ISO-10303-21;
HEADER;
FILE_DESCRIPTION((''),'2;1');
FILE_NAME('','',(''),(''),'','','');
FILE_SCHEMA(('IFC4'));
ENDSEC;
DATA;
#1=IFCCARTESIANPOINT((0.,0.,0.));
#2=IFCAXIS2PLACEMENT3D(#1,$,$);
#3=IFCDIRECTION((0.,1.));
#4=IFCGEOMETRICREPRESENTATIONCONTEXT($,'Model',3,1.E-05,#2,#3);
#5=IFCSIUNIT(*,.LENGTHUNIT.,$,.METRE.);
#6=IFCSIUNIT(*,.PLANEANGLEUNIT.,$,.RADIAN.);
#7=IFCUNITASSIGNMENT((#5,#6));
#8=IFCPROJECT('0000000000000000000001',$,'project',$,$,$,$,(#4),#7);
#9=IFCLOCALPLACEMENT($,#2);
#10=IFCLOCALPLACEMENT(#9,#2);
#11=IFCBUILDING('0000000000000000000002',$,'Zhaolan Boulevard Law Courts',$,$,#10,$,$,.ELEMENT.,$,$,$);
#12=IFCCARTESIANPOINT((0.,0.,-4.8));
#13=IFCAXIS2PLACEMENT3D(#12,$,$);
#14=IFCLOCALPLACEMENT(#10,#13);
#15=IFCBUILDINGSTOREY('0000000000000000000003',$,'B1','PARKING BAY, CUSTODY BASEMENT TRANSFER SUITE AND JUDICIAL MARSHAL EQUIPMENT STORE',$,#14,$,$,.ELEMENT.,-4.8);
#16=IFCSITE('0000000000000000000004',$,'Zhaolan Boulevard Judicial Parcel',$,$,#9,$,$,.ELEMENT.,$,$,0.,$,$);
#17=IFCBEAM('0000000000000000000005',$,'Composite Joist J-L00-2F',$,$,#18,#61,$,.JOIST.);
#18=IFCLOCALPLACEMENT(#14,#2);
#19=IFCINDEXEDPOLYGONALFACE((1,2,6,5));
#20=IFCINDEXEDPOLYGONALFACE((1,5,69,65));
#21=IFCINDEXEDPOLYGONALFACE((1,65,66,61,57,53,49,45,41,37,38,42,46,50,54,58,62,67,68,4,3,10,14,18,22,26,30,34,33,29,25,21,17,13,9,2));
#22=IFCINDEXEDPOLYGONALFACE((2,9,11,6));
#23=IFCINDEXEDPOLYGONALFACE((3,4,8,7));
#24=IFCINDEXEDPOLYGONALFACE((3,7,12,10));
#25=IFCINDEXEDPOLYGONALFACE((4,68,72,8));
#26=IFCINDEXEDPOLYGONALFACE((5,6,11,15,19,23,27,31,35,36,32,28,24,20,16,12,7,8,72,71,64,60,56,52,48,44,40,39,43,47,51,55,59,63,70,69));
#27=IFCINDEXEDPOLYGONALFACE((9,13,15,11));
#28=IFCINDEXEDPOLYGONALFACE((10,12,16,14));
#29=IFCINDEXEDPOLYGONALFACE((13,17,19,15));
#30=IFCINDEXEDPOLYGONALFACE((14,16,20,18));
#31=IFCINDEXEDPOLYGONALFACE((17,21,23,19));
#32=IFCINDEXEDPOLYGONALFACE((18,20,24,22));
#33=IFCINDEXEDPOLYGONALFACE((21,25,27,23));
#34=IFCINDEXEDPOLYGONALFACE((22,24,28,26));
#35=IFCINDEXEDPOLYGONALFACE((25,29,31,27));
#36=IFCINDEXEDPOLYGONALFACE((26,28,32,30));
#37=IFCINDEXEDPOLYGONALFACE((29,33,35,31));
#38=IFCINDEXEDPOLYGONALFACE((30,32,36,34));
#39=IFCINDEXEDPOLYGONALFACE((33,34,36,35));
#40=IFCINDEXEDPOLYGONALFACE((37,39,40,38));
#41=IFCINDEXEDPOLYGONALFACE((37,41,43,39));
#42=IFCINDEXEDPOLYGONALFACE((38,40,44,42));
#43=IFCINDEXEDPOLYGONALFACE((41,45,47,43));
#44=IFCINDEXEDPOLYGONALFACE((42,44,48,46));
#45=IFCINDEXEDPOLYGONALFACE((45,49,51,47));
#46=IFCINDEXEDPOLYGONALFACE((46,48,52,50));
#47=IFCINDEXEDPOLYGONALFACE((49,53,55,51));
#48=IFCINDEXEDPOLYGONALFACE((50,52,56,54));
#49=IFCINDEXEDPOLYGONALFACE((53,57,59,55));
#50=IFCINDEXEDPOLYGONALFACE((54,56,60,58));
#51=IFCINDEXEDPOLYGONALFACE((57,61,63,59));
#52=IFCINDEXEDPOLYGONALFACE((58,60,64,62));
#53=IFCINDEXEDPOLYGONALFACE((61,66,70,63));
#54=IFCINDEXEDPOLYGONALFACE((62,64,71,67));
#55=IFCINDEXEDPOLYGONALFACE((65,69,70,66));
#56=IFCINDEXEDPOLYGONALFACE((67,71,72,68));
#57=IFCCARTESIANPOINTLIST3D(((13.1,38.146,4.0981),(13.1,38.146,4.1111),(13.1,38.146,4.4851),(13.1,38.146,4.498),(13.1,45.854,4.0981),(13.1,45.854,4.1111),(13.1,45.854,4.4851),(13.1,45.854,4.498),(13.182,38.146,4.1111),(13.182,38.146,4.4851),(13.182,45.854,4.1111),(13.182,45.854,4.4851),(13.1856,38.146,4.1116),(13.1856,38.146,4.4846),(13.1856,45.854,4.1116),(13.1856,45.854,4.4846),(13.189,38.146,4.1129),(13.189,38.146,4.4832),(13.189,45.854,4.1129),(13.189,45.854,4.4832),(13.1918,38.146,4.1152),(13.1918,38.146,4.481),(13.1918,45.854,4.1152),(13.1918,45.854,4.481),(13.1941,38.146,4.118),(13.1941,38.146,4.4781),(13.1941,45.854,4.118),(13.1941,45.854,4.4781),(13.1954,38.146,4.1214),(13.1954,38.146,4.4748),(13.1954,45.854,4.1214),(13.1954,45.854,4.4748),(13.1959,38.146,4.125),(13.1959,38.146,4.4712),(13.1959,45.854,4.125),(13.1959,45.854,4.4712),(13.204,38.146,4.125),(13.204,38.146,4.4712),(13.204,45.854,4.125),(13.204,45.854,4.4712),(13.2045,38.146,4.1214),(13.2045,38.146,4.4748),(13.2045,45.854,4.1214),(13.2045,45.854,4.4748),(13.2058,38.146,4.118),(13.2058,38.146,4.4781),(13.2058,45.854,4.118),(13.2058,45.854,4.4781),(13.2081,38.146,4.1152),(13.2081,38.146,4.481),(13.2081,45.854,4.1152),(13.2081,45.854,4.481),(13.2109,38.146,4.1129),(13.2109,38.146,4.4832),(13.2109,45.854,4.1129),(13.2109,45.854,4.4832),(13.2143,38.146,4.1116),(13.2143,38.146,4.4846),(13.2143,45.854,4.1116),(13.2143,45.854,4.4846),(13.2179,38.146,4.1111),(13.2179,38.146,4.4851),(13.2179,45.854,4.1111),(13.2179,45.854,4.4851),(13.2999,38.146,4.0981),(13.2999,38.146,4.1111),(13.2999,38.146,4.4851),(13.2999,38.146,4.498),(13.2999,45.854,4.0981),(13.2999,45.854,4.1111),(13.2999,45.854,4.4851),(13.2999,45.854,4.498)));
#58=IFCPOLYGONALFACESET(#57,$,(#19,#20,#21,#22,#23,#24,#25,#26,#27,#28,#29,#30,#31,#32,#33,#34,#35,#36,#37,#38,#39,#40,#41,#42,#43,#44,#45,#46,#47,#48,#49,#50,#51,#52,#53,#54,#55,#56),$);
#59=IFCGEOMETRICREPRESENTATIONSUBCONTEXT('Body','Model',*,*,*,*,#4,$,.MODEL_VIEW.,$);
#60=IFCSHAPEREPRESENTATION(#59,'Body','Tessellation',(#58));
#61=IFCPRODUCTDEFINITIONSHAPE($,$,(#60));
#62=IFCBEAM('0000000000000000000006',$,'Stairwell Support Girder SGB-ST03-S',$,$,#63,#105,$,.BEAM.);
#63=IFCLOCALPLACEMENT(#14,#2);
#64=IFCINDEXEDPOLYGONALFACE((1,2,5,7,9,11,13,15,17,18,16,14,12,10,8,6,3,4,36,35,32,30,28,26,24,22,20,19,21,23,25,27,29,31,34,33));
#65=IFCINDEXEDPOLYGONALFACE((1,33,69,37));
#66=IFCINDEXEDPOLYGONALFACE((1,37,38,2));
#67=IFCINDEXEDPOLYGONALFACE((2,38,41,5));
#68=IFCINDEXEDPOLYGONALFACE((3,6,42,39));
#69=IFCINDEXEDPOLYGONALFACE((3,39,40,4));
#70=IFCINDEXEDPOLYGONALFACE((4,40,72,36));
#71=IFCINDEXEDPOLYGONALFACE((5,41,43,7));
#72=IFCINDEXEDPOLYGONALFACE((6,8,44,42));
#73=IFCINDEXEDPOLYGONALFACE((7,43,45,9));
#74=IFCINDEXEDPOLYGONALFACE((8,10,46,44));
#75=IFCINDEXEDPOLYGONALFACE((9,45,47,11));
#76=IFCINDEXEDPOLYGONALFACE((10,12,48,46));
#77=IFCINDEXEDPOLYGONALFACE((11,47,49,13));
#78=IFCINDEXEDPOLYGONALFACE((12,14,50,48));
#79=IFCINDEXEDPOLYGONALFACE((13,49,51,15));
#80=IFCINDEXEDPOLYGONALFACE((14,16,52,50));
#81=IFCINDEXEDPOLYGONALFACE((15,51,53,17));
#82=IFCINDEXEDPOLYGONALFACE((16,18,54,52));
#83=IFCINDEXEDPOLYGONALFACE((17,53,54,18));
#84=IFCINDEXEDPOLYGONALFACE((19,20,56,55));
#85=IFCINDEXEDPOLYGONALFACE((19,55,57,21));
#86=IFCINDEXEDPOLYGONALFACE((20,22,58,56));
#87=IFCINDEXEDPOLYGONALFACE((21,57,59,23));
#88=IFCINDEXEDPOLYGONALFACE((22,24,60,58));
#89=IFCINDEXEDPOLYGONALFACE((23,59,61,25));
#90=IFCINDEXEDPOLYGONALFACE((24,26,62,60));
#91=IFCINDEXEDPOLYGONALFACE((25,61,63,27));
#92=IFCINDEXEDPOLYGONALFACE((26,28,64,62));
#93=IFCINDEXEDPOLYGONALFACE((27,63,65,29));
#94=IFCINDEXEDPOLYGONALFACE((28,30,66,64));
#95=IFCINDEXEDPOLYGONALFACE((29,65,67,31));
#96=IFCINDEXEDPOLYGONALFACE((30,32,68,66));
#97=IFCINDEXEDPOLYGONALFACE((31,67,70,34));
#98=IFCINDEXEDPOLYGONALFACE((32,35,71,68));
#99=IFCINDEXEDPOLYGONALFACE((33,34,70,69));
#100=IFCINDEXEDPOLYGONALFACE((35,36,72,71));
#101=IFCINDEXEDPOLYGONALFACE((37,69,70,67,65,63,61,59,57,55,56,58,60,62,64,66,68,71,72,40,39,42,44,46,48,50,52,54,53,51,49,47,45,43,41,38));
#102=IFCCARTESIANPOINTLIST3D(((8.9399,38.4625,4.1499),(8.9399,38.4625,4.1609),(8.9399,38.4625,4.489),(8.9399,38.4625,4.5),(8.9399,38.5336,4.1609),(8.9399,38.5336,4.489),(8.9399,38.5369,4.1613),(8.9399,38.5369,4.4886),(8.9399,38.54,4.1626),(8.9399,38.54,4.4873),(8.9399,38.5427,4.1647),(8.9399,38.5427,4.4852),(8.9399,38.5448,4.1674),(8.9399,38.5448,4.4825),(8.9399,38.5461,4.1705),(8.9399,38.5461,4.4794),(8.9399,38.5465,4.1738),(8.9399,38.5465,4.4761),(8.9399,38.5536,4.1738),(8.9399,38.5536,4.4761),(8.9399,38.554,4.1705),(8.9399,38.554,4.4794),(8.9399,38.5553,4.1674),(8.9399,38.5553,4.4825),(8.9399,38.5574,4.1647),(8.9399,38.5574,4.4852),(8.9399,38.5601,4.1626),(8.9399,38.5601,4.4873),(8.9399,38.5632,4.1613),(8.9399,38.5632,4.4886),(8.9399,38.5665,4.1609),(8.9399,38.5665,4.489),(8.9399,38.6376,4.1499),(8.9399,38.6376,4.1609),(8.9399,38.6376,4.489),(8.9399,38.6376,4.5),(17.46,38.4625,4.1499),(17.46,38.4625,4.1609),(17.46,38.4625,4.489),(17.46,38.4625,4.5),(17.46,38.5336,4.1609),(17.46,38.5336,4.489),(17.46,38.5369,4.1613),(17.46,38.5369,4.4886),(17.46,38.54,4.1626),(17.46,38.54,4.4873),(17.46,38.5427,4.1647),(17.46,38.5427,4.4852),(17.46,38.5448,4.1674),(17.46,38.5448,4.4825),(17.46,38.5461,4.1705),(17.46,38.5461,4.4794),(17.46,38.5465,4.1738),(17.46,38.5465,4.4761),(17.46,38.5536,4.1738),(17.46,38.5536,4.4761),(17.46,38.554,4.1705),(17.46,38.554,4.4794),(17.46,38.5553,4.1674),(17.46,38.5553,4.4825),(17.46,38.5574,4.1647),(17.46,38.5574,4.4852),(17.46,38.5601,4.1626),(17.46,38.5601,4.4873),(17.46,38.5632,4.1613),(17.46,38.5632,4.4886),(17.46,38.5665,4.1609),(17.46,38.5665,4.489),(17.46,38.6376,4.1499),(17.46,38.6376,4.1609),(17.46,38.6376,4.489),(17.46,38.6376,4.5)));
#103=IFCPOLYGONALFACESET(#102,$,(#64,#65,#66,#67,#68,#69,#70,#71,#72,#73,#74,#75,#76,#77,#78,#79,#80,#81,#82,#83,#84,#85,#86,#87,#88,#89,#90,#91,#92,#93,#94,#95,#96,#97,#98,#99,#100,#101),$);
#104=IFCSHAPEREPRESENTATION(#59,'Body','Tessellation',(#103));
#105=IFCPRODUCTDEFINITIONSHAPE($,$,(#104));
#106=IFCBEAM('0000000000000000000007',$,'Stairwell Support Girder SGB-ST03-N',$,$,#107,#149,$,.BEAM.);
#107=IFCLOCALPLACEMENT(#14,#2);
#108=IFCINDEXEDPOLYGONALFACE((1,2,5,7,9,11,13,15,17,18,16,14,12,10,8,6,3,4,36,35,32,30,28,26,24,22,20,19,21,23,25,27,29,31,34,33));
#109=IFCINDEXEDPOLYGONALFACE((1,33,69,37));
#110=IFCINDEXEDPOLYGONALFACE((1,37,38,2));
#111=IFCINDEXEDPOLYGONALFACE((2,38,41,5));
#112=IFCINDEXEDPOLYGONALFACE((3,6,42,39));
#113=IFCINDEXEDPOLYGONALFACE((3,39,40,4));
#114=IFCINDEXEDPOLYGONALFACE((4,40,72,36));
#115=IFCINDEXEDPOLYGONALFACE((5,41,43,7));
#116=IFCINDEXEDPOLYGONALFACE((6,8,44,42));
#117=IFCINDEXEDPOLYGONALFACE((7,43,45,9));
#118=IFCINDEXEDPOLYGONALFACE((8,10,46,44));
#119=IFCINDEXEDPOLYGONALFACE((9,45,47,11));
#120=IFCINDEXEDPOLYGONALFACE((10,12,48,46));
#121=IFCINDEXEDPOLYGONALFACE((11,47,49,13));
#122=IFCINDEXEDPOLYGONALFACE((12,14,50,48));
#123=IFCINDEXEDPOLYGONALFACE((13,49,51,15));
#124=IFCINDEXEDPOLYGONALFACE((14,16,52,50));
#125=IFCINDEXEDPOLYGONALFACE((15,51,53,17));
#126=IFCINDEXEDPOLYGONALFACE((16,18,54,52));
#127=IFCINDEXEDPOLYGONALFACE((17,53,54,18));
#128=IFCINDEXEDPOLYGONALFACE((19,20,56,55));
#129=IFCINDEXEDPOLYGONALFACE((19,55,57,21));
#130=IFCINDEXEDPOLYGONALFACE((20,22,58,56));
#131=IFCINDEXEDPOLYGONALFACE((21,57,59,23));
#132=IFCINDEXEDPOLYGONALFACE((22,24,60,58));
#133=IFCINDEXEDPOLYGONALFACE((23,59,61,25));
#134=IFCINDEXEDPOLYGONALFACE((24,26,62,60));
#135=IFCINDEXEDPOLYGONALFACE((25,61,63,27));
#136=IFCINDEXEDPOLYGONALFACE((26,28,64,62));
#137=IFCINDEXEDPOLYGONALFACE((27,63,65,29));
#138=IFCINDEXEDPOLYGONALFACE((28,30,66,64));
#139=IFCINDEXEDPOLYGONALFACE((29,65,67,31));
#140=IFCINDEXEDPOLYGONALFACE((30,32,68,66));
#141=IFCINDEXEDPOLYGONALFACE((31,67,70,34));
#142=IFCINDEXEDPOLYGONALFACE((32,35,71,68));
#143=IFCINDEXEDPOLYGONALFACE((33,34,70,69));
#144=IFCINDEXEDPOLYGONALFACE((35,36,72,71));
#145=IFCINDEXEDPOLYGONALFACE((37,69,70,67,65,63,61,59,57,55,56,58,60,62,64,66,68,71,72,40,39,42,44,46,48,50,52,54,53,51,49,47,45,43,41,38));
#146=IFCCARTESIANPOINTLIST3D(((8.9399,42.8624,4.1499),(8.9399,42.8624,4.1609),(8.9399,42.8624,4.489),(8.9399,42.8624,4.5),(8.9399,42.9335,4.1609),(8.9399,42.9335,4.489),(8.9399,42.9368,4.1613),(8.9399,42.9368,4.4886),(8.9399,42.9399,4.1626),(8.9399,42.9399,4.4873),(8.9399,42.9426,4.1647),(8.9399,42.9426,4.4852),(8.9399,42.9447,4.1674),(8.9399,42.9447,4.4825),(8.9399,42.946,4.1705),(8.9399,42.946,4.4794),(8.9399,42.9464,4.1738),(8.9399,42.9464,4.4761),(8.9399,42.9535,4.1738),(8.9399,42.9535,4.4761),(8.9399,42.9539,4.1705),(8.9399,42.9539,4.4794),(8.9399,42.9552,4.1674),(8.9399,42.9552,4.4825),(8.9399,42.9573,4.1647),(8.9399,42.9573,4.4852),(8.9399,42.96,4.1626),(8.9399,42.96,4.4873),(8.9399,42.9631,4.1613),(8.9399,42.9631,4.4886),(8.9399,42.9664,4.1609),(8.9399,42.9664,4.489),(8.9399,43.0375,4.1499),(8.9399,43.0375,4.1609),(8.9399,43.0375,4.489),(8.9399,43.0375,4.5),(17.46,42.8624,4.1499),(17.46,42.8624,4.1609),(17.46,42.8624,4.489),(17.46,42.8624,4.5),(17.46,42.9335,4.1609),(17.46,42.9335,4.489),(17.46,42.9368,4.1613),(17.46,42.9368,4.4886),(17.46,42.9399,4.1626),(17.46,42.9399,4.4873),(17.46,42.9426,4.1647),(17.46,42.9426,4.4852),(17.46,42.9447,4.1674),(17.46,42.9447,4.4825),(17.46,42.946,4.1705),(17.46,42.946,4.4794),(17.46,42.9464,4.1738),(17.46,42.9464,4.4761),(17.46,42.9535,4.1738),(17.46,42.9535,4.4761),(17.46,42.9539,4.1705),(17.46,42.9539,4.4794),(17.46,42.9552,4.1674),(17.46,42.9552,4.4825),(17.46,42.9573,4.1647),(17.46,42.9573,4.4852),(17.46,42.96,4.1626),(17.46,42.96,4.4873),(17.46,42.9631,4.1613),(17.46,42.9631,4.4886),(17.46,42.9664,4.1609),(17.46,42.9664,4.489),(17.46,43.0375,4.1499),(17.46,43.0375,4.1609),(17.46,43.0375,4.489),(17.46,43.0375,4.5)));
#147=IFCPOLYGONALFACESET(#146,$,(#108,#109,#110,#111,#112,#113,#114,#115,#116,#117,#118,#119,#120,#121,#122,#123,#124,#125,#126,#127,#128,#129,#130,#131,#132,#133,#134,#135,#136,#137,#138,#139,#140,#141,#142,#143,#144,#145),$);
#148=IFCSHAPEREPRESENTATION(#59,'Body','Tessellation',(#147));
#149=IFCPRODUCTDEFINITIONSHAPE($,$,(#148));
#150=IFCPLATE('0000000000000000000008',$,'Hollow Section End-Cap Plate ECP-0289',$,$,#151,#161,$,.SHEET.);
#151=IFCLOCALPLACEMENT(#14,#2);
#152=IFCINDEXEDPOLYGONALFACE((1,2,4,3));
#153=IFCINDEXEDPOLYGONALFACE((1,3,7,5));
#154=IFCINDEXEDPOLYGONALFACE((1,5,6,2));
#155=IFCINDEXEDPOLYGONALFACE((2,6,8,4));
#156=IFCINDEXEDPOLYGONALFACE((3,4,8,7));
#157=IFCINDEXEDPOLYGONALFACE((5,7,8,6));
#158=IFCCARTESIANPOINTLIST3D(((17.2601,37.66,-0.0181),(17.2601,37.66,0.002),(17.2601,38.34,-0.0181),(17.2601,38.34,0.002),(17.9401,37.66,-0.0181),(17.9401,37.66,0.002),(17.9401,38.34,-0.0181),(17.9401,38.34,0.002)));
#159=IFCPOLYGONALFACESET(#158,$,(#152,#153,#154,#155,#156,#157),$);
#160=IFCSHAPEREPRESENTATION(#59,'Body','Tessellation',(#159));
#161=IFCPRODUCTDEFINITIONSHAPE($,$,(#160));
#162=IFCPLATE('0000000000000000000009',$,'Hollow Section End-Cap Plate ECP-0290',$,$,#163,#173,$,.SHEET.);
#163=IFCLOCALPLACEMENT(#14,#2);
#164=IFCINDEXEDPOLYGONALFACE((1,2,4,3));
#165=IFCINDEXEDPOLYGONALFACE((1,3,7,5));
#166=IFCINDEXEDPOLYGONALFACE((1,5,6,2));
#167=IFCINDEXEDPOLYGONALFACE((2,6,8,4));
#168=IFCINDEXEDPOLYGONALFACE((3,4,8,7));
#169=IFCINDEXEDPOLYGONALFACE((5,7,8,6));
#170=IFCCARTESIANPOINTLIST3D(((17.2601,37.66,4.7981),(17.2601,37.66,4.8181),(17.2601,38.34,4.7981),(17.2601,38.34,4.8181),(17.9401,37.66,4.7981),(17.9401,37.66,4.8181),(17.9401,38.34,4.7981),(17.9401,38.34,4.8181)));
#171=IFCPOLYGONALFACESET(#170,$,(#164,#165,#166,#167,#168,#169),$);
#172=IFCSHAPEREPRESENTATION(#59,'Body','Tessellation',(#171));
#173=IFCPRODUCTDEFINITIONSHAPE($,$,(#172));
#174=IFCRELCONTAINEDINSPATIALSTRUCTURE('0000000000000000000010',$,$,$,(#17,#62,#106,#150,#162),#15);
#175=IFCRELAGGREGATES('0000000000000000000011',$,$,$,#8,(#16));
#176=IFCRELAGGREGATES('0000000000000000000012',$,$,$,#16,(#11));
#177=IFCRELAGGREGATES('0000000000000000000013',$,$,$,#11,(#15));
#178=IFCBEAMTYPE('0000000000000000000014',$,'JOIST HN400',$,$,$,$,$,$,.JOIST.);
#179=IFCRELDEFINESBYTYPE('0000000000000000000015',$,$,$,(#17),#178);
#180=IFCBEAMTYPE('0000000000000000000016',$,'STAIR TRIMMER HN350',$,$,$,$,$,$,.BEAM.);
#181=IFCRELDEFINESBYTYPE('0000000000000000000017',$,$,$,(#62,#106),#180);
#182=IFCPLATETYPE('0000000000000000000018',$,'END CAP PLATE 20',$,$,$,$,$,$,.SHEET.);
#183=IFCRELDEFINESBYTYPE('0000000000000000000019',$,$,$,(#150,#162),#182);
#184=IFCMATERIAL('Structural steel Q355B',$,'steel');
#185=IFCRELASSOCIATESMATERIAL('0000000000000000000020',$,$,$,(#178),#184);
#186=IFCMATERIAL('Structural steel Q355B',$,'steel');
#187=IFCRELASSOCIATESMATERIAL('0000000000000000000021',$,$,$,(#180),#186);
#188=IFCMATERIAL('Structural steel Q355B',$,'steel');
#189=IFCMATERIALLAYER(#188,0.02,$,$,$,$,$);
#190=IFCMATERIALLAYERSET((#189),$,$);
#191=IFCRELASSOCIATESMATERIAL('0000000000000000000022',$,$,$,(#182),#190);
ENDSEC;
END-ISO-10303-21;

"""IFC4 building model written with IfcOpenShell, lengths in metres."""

from ifc_helpers import new_model, si_unit, direction, frame, origin, origin_2d, place, context, subcontext, project, spatial, rectangle, i_section, extrude, material, layer, layer_set, material_profile, profile_set, type_object, element, save


model = new_model("IFC4")

# Units and contexts
model_context = context("Model", 3, precision=1e-05, world=origin(), true_north=direction((0.0, 1.0)))
body_context = subcontext(model_context, "Body", "Model", "MODEL_VIEW")
ifc_project = project(units=[si_unit("LENGTHUNIT", "METRE"), si_unit("PLANEANGLEUNIT", "RADIAN")], contexts=[model_context])

# Site, building, storey
site_placement = place(None, origin())
site = spatial("IfcSite", under=ifc_project, at=site_placement, Name="Zhaolan Boulevard Judicial Parcel", CompositionType="ELEMENT", RefElevation=0.0)
building_placement = place(site_placement, origin())
building = spatial("IfcBuilding", under=site, at=building_placement, Name="Zhaolan Boulevard Law Courts", CompositionType="ELEMENT")
storey_placement = place(building_placement, frame((0.0, 0.0, -4.8)))
storey = spatial("IfcBuildingStorey", under=building, at=storey_placement, Name="B1", Description="PARKING BAY, CUSTODY BASEMENT TRANSFER SUITE AND JUDICIAL MARSHAL EQUIPMENT STORE", CompositionType="ELEMENT", Elevation=-4.8)

# Beams
ifc_material_1 = material(Name="Structural steel Q355B", Category="steel")
ifc_material_profile_1 = material_profile(ifc_material_1, i_section(OverallWidth=0.2, OverallDepth=0.3999, WebThickness=0.0081, FlangeThickness=0.0129, FilletRadius=0.0139, at=origin_2d()), Name="HN400x200")
ifc_profile_set_1 = profile_set([ifc_material_profile_1], Name="Structural steel Q355B")
beam_type_1 = type_object("IfcBeamType", Name="JOIST HN400", PredefinedType="JOIST", material=ifc_profile_set_1)
beam_1_placement = place(storey_placement, frame((13.2, 38.146, 4.2981), z_axis=(0.0, 1.0, 0.0), x_axis=(-1.0, 0.0, 0.0)))
element("IfcBeam", 1, at=beam_1_placement, inside=storey, type_object=beam_type_1, Name="Composite Joist J-L00-2F", PredefinedType="JOIST", context=body_context, shape_type="SweptSolid", body=[
    extrude(i_section(OverallWidth=0.2, OverallDepth=0.3999, WebThickness=0.0081, FlangeThickness=0.0129, FilletRadius=0.0139, at=origin_2d()), origin(), (0.0, 0.0, 1.0), 7.708),
])
ifc_material_2 = material(Name="Structural steel Q355B", Category="steel")
ifc_material_profile_2 = material_profile(ifc_material_2, i_section(OverallWidth=0.175, OverallDepth=0.3501, WebThickness=0.0071, FlangeThickness=0.011, FilletRadius=0.0129, at=origin_2d()), Name="HN350x175")
ifc_profile_set_2 = profile_set([ifc_material_profile_2], Name="Structural steel Q355B")
beam_type_2 = type_object("IfcBeamType", Name="STAIR TRIMMER HN350", PredefinedType="BEAM", material=ifc_profile_set_2)
for number, where, z_axis, x_axis, name in (
    (2, (8.9399, 38.55, 4.325), (1.0, 0.0, 0.0), (0.0, 1.0, 0.0), "Stairwell Support Girder SGB-ST03-S"),
    (3, (8.9399, 42.95, 4.325), (1.0, 0.0, 0.0), (0.0, 1.0, 0.0), "Stairwell Support Girder SGB-ST03-N"),
):
    element("IfcBeam", number, at=place(storey_placement, frame(where, z_axis=z_axis, x_axis=x_axis)), inside=storey, type_object=beam_type_2, Name=name, PredefinedType="BEAM", context=body_context, shape_type="SweptSolid", body=[
        extrude(i_section(OverallWidth=0.175, OverallDepth=0.3501, WebThickness=0.0071, FlangeThickness=0.011, FilletRadius=0.0129, at=origin_2d()), origin(), (0.0, 0.0, 1.0), 8.52),
    ])

# Plates
ifc_material_3 = material(Name="Structural steel Q355B", Category="steel")
ifc_layer = layer(ifc_material_3, 0.02)
ifc_layer_set = layer_set([ifc_layer])
plate_type = type_object("IfcPlateType", Name="END CAP PLATE 20", PredefinedType="SHEET", material=ifc_layer_set)
for number, where, z_axis, x_axis, name in (
    (4, (17.6001, 38.0, -0.0181), (0.0, 0.0, 1.0), (1.0, 0.0, 0.0), "Hollow Section End-Cap Plate ECP-0289"),
    (5, (17.6001, 38.0, 4.7981), (0.0, 0.0, 1.0), (1.0, 0.0, 0.0), "Hollow Section End-Cap Plate ECP-0290"),
):
    element("IfcPlate", number, at=place(storey_placement, frame(where, z_axis=z_axis, x_axis=x_axis)), inside=storey, type_object=plate_type, Name=name, PredefinedType="SHEET", context=body_context, shape_type="SweptSolid", body=[
        extrude(rectangle(XDim=0.6799, YDim=0.6799, at=origin_2d()), origin(), (0.0, 0.0, 1.0), 0.02),
    ])

save(model, "model.ifc")
